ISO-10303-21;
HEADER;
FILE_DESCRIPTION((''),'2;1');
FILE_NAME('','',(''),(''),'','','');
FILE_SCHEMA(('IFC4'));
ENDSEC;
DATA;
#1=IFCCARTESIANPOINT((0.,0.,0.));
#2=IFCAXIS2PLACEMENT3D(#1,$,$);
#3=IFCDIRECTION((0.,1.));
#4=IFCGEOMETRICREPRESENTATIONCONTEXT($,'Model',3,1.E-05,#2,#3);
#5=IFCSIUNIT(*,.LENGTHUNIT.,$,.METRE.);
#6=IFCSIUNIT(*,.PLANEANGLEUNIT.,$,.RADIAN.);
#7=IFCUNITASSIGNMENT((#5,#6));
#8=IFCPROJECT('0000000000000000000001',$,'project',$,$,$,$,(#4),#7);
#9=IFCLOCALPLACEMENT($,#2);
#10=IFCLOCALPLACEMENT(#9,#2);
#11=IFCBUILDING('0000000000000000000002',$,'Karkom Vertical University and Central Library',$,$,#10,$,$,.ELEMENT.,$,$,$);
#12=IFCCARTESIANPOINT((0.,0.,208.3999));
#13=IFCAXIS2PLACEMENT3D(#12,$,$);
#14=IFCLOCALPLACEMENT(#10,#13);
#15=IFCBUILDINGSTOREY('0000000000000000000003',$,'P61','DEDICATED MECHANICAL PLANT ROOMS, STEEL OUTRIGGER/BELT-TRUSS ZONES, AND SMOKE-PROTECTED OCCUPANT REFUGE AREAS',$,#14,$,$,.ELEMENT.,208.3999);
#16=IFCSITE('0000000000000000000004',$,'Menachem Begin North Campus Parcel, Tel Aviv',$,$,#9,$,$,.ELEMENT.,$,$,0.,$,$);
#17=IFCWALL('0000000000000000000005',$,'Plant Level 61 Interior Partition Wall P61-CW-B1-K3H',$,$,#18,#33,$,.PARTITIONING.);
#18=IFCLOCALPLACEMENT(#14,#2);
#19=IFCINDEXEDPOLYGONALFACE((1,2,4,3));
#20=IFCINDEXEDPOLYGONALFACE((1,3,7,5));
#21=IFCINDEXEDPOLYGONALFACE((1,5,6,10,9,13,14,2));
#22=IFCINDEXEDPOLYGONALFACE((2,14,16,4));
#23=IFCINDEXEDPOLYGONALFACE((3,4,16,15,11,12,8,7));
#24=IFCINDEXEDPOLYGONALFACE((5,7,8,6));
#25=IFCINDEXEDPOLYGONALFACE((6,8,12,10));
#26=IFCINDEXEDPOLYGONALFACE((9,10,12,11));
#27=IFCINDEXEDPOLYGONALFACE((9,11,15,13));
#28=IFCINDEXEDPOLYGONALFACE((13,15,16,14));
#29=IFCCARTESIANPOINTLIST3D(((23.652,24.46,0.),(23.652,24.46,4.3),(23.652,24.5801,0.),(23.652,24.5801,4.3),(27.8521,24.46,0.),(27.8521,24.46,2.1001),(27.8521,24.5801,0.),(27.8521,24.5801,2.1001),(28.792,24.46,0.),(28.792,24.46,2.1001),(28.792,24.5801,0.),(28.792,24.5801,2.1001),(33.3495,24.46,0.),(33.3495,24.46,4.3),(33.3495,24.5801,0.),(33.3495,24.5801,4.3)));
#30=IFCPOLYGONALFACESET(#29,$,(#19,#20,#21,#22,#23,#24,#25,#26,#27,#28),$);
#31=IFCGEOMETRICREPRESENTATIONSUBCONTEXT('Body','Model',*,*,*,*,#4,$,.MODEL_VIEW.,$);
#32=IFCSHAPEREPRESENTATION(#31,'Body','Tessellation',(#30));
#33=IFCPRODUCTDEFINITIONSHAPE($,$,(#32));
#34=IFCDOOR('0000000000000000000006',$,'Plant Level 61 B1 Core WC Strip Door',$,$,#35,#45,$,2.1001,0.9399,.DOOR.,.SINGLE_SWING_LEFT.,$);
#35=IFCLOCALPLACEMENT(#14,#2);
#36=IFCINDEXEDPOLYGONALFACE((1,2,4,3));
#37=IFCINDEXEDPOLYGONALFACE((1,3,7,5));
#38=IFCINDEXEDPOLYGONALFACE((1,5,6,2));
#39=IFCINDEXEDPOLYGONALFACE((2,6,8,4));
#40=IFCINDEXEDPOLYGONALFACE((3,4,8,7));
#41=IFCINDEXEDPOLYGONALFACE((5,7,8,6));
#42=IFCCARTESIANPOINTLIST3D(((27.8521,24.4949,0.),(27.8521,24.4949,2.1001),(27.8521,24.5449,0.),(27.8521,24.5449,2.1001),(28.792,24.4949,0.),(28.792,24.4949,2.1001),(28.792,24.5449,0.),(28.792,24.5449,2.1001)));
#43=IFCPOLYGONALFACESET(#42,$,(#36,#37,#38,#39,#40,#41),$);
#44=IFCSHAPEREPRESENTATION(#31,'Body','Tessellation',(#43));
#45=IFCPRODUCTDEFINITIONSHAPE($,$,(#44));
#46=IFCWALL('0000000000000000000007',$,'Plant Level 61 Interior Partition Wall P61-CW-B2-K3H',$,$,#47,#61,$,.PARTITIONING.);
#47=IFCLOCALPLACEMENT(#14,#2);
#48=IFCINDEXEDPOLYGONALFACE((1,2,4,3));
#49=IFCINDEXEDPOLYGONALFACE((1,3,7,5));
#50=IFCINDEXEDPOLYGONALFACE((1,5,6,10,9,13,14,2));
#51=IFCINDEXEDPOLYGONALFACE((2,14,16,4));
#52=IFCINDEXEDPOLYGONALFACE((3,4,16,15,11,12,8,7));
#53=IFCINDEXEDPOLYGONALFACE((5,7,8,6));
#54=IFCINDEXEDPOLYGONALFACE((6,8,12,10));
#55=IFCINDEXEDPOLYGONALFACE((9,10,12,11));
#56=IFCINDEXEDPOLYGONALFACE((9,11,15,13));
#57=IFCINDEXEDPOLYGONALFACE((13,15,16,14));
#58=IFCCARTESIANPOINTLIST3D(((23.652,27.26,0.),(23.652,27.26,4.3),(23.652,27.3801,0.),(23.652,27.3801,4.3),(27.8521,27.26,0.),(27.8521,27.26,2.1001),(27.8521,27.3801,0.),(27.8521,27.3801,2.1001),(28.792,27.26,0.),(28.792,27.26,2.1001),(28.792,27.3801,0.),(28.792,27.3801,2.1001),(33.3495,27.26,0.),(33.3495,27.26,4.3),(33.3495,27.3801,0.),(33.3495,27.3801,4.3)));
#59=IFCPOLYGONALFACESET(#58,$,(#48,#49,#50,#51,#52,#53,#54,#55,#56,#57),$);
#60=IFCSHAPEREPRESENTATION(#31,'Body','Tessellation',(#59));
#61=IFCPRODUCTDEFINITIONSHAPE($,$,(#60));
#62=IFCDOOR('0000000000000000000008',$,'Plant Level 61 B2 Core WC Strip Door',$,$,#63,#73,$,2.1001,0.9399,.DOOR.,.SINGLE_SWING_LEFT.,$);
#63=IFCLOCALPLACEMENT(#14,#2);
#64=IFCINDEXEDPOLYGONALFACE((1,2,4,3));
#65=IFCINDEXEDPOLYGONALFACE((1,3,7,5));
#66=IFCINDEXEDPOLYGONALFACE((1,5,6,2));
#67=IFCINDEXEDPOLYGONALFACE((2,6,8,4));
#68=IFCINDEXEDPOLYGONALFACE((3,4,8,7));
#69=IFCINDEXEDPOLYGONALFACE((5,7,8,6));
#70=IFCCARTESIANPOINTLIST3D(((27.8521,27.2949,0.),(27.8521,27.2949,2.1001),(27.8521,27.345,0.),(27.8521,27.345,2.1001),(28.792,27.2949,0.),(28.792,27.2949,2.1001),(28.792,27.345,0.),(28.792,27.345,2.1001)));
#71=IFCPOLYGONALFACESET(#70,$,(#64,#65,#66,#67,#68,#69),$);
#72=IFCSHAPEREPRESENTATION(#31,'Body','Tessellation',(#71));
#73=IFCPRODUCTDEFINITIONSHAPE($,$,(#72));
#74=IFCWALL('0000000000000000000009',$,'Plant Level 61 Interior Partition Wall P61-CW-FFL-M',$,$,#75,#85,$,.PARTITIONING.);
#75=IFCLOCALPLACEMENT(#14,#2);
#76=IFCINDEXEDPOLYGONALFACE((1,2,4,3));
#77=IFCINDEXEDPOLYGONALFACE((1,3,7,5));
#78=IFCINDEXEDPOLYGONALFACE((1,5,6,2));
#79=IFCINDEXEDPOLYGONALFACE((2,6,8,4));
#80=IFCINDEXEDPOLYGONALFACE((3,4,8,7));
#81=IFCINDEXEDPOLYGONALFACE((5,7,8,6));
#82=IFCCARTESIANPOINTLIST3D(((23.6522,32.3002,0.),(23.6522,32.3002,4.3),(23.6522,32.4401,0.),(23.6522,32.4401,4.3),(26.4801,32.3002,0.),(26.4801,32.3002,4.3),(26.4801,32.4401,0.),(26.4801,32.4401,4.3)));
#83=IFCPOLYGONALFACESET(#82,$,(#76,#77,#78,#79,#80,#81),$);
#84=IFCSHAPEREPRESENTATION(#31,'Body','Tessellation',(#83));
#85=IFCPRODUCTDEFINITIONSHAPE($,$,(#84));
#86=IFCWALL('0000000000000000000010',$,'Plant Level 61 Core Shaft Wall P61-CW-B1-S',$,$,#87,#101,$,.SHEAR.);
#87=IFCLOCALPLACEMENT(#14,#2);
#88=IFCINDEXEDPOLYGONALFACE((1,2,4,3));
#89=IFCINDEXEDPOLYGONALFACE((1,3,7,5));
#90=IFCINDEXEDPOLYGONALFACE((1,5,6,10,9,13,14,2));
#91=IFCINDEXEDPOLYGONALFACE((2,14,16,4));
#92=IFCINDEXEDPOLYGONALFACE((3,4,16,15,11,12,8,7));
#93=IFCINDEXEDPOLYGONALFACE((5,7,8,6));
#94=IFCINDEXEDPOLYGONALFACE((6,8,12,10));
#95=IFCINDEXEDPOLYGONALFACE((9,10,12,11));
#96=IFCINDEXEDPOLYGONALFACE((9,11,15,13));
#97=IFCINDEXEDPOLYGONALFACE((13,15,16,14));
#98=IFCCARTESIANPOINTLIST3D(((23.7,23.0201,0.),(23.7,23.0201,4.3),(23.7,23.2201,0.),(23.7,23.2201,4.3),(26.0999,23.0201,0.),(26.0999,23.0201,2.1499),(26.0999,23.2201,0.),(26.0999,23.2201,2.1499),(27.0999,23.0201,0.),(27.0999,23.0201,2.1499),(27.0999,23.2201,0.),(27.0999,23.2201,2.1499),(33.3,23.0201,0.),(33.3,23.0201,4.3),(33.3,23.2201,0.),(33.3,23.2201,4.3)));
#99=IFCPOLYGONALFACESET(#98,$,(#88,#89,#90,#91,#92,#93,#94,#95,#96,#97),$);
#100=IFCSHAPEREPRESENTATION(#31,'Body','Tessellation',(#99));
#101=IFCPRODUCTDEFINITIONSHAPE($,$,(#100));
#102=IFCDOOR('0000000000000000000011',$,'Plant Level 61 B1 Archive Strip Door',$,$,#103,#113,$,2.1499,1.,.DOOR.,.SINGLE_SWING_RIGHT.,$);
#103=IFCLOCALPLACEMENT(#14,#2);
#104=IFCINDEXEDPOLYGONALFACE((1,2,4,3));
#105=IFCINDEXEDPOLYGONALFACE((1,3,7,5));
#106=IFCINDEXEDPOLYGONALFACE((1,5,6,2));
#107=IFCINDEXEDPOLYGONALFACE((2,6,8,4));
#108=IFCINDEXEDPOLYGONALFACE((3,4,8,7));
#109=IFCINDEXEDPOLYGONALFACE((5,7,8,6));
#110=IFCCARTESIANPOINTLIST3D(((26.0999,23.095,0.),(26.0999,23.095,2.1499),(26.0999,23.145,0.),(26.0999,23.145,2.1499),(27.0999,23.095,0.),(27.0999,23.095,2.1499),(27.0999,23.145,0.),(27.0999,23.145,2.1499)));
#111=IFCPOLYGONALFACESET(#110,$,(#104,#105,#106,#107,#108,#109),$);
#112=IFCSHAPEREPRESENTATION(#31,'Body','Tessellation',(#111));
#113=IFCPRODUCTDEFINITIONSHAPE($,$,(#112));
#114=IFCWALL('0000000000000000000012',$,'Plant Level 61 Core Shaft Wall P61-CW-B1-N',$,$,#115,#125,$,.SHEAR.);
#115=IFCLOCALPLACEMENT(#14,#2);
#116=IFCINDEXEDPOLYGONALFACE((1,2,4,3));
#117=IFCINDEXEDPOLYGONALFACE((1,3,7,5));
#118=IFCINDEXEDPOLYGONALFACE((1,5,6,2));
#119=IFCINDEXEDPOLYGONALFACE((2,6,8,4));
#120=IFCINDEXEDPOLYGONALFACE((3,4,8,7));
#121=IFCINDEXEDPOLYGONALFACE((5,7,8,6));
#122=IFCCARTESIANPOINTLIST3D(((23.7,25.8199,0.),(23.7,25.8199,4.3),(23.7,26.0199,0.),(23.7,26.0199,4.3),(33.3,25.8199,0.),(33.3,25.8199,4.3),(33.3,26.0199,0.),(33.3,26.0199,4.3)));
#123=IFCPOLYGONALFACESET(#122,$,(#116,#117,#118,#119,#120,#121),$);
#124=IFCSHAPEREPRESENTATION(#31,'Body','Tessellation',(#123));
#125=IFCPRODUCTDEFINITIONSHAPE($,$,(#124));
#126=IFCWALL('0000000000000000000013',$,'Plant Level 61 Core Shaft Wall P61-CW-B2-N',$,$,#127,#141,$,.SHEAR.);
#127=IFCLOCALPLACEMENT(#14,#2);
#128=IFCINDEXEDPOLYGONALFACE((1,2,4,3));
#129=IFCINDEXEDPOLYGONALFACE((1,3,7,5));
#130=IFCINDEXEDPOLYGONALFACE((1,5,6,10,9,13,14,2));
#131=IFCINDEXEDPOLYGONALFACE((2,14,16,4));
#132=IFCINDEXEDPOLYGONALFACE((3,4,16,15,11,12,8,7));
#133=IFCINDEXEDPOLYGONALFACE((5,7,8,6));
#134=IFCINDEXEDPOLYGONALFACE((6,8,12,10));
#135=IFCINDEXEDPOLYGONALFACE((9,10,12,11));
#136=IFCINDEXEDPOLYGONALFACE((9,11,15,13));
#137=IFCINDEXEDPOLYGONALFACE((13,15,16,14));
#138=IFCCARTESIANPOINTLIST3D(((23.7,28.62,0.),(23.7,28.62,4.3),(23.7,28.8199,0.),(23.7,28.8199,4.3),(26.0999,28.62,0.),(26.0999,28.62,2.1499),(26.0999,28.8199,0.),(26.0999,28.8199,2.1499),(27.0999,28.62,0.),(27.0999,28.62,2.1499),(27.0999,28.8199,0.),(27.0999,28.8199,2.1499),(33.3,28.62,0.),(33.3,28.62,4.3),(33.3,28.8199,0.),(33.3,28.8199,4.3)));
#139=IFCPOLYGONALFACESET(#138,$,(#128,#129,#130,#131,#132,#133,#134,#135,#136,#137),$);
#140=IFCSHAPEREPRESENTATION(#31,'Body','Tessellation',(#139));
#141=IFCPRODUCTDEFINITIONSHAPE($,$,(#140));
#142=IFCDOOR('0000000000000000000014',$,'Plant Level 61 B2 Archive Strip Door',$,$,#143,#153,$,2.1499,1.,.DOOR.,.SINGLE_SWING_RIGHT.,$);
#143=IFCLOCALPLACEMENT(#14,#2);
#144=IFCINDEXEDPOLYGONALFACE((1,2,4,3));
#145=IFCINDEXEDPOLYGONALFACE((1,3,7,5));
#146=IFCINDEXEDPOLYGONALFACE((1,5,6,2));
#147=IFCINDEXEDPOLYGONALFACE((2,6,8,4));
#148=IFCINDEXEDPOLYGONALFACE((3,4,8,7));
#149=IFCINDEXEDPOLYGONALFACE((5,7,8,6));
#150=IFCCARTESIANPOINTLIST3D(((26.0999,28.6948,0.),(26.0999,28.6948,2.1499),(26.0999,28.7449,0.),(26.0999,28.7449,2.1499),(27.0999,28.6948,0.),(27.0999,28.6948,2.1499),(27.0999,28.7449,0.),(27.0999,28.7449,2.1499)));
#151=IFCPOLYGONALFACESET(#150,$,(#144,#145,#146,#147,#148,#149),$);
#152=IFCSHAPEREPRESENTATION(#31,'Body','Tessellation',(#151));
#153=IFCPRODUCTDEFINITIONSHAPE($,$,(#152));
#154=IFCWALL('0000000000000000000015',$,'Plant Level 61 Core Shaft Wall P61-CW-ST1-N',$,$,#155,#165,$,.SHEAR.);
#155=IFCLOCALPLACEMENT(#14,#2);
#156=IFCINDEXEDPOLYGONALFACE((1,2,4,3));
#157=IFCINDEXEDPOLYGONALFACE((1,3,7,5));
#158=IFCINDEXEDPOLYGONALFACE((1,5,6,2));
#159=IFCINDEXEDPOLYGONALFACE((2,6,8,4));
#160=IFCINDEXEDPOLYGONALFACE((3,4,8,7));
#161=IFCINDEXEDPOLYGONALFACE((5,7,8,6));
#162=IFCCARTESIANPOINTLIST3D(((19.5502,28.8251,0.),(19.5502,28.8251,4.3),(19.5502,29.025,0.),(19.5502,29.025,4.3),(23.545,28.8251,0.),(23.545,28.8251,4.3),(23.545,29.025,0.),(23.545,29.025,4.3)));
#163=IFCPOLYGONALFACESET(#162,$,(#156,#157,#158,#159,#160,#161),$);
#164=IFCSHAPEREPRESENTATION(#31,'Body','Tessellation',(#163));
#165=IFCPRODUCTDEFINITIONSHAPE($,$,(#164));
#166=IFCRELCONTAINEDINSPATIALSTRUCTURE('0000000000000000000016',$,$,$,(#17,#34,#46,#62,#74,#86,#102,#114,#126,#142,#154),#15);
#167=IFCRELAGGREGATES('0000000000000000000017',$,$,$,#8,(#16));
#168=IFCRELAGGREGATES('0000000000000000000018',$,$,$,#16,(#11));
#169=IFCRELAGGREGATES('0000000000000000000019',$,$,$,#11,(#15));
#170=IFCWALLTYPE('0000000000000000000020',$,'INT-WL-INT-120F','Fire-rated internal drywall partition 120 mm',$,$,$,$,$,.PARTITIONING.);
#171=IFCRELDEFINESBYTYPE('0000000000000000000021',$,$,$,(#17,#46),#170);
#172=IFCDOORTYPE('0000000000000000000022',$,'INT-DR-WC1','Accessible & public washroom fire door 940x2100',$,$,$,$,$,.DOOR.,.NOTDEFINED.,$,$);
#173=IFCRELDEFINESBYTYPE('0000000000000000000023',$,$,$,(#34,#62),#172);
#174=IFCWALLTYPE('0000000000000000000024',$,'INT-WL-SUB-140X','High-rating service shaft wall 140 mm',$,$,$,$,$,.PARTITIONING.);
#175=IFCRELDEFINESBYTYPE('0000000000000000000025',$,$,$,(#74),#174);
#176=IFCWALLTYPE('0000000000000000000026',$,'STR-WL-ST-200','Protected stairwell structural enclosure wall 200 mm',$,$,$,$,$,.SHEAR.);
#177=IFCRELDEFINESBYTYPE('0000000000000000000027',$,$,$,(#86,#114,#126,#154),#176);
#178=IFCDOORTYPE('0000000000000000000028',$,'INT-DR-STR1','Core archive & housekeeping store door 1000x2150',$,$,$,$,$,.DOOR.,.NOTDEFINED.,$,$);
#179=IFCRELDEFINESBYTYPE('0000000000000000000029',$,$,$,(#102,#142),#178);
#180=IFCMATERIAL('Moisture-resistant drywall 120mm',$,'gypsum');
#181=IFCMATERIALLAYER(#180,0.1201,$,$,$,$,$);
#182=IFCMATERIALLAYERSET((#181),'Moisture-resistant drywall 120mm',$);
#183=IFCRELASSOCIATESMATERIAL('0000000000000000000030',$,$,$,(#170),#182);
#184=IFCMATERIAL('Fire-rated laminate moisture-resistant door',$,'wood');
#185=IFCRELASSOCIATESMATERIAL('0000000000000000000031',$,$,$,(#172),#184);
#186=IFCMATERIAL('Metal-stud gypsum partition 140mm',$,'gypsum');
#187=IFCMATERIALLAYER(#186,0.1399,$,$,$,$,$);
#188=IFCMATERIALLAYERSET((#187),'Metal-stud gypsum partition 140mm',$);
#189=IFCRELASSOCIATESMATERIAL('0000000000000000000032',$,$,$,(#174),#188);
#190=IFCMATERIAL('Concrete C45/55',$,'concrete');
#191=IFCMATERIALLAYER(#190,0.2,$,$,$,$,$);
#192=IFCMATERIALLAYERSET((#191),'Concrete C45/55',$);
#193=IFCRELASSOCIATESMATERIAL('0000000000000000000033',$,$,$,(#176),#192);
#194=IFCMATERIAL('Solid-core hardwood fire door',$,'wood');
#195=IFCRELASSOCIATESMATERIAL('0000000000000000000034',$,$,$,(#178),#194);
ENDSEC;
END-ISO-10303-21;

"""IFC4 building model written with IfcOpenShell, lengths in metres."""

from ifc_helpers import new_model, si_unit, direction, frame, frame_2d, origin, origin_with_axes, place, context, subcontext, project, spatial, rectangle, extrude, source, transform, mapped, material, layer, layer_set, type_object, element, fill, save


model = new_model("IFC4")

# Units and contexts
model_context = context("Model", 3, precision=1e-05, world=origin(), true_north=direction((0.0, 1.0)))
body_context = subcontext(model_context, "Body", "Model", "MODEL_VIEW")
ifc_project = project(units=[si_unit("LENGTHUNIT", "METRE"), si_unit("PLANEANGLEUNIT", "RADIAN")], contexts=[model_context])

# Site, building, storey
site_placement = place(None, origin())
site = spatial("IfcSite", under=ifc_project, at=site_placement, Name="Menachem Begin North Campus Parcel, Tel Aviv", CompositionType="ELEMENT", RefElevation=0.0)
building_placement = place(site_placement, origin())
building = spatial("IfcBuilding", under=site, at=building_placement, Name="Karkom Vertical University and Central Library", CompositionType="ELEMENT")
storey_placement = place(building_placement, frame((0.0, 0.0, 208.3999)))
storey = spatial("IfcBuildingStorey", under=building, at=storey_placement, Name="P61", Description="DEDICATED MECHANICAL PLANT ROOMS, STEEL OUTRIGGER/BELT-TRUSS ZONES, AND SMOKE-PROTECTED OCCUPANT REFUGE AREAS", CompositionType="ELEMENT", Elevation=208.3999)

# Walls, openings, doors
ifc_material_1 = material(Name="Moisture-resistant drywall 120mm", Category="gypsum")
ifc_layer_1 = layer(ifc_material_1, 0.1201)
ifc_layer_set_1 = layer_set([ifc_layer_1], Name="Moisture-resistant drywall 120mm")
wall_type_1 = type_object("IfcWallType", Name="INT-WL-INT-120F", Description="Fire-rated internal drywall partition 120 mm", PredefinedType="PARTITIONING", material=ifc_layer_set_1)
wall_1_placement = place(storey_placement, frame((23.6521, 24.52, 0.0), z_axis=(0.0, 0.0, 1.0), x_axis=(1.0, 0.0, 0.0)))
wall_1 = element("IfcWall", 1, at=wall_1_placement, inside=storey, type_object=wall_type_1, Name="Plant Level 61 Interior Partition Wall P61-CW-B1-K3H", PredefinedType="PARTITIONING", context=body_context, shape_type="SweptSolid", body=[
    extrude(rectangle(XDim=9.6975, YDim=0.1201, at=frame_2d((4.8486, 0.0))), origin(), (0.0, 0.0, 1.0), 4.3),
])
opening_1_placement = place(wall_1_placement, frame((4.2, 0.0, 0.0)))
opening_1 = element("IfcOpeningElement", 2, at=opening_1_placement, cuts=wall_1, PredefinedType="OPENING", context=body_context, shape_type="SweptSolid", body=[
    extrude(rectangle(XDim=0.9399, YDim=2.1001, at=frame_2d((0.47, 1.05))), frame((0.0, 0.0701, 0.0), z_axis=(0.0, -1.0, 0.0), x_axis=(1.0, 0.0, 0.0)), (0.0, 0.0, 1.0), 0.1401),
])
ifc_material_2 = material(Name="Fire-rated laminate moisture-resistant door", Category="wood")
door_type_1 = type_object("IfcDoorType", Name="INT-DR-WC1", Description="Accessible & public washroom fire door 940x2100", OperationType="NOTDEFINED", PredefinedType="DOOR", material=ifc_material_2)
shared_shape_1 = source(origin_with_axes(), body_context, "Body", "SweptSolid", [
    extrude(rectangle(XDim=0.9399, YDim=2.1001, at=frame_2d((0.47, 1.05))), frame((0.0, 0.0249, 0.0), z_axis=(0.0, -1.0, 0.0), x_axis=(1.0, 0.0, 0.0)), (0.0, 0.0, 1.0), 0.05),
])
door_1_placement = place(opening_1_placement, origin())
door_1 = element("IfcDoor", 3, at=door_1_placement, inside=storey, type_object=door_type_1, Name="Plant Level 61 B1 Core WC Strip Door", OperationType="SINGLE_SWING_LEFT", OverallHeight=2.1001, OverallWidth=0.9399, PredefinedType="DOOR", context=body_context, shape_type="MappedRepresentation", body=[
    mapped(shared_shape_1, transform((0.0, 0.0, 0.0), scale=1.0)),
])
fill(opening_1, door_1)
wall_2_placement = place(storey_placement, frame((23.6521, 27.3201, 0.0), z_axis=(0.0, 0.0, 1.0), x_axis=(1.0, 0.0, 0.0)))
wall_2 = element("IfcWall", 4, at=wall_2_placement, inside=storey, type_object=wall_type_1, Name="Plant Level 61 Interior Partition Wall P61-CW-B2-K3H", PredefinedType="PARTITIONING", context=body_context, shape_type="SweptSolid", body=[
    extrude(rectangle(XDim=9.6975, YDim=0.1201, at=frame_2d((4.8486, 0.0))), origin(), (0.0, 0.0, 1.0), 4.3),
])
opening_2_placement = place(wall_2_placement, frame((4.2, 0.0, 0.0)))
opening_2 = element("IfcOpeningElement", 5, at=opening_2_placement, cuts=wall_2, PredefinedType="OPENING", context=body_context, shape_type="SweptSolid", body=[
    extrude(rectangle(XDim=0.9399, YDim=2.1001, at=frame_2d((0.47, 1.05))), frame((0.0, 0.0701, 0.0), z_axis=(0.0, -1.0, 0.0), x_axis=(1.0, 0.0, 0.0)), (0.0, 0.0, 1.0), 0.1401),
])
door_2_placement = place(opening_2_placement, origin())
door_2 = element("IfcDoor", 6, at=door_2_placement, inside=storey, type_object=door_type_1, Name="Plant Level 61 B2 Core WC Strip Door", OperationType="SINGLE_SWING_LEFT", OverallHeight=2.1001, OverallWidth=0.9399, PredefinedType="DOOR", context=body_context, shape_type="MappedRepresentation", body=[
    mapped(shared_shape_1, transform((0.0, 0.0, 0.0), scale=1.0)),
])
fill(opening_2, door_2)

# Wall
ifc_material_3 = material(Name="Metal-stud gypsum partition 140mm", Category="gypsum")
ifc_layer_2 = layer(ifc_material_3, 0.1399)
ifc_layer_set_2 = layer_set([ifc_layer_2], Name="Metal-stud gypsum partition 140mm")
wall_type_2 = type_object("IfcWallType", Name="INT-WL-SUB-140X", Description="High-rating service shaft wall 140 mm", PredefinedType="PARTITIONING", material=ifc_layer_set_2)
wall_3_placement = place(storey_placement, frame((23.6521, 32.3701, 0.0), z_axis=(0.0, 0.0, 1.0), x_axis=(1.0, 0.0, 0.0)))
element("IfcWall", 7, at=wall_3_placement, inside=storey, type_object=wall_type_2, Name="Plant Level 61 Interior Partition Wall P61-CW-FFL-M", PredefinedType="PARTITIONING", context=body_context, shape_type="SweptSolid", body=[
    extrude(rectangle(XDim=2.8279, YDim=0.1399, at=frame_2d((1.4141, 0.0))), origin(), (0.0, 0.0, 1.0), 4.3),
])

# Wall, opening, door
ifc_material_4 = material(Name="Concrete C45/55", Category="concrete")
ifc_layer_3 = layer(ifc_material_4, 0.2)
ifc_layer_set_3 = layer_set([ifc_layer_3], Name="Concrete C45/55")
wall_type_3 = type_object("IfcWallType", Name="STR-WL-ST-200", Description="Protected stairwell structural enclosure wall 200 mm", PredefinedType="SHEAR", material=ifc_layer_set_3)
wall_4_placement = place(storey_placement, frame((23.7, 23.1201, 0.0), z_axis=(0.0, 0.0, 1.0), x_axis=(1.0, 0.0, 0.0)))
wall_4 = element("IfcWall", 8, at=wall_4_placement, inside=storey, type_object=wall_type_3, Name="Plant Level 61 Core Shaft Wall P61-CW-B1-S", PredefinedType="SHEAR", context=body_context, shape_type="SweptSolid", body=[
    extrude(rectangle(XDim=9.6001, YDim=0.2, at=frame_2d((4.8, 0.0))), origin(), (0.0, 0.0, 1.0), 4.3),
])
opening_3_placement = place(wall_4_placement, frame((2.3999, 0.0, 0.0)))
opening_3 = element("IfcOpeningElement", 9, at=opening_3_placement, cuts=wall_4, PredefinedType="OPENING", context=body_context, shape_type="SweptSolid", body=[
    extrude(rectangle(XDim=1.0, YDim=2.1499, at=frame_2d((0.5, 1.075))), frame((0.0, 0.1099, 0.0), z_axis=(0.0, -1.0, 0.0), x_axis=(1.0, 0.0, 0.0)), (0.0, 0.0, 1.0), 0.22),
])
ifc_material_5 = material(Name="Solid-core hardwood fire door", Category="wood")
door_type_2 = type_object("IfcDoorType", Name="INT-DR-STR1", Description="Core archive & housekeeping store door 1000x2150", OperationType="NOTDEFINED", PredefinedType="DOOR", material=ifc_material_5)
shared_shape_2 = source(origin_with_axes(), body_context, "Body", "SweptSolid", [
    extrude(rectangle(XDim=1.0, YDim=2.1499, at=frame_2d((0.5, 1.075))), frame((0.0, 0.0249, 0.0), z_axis=(0.0, -1.0, 0.0), x_axis=(1.0, 0.0, 0.0)), (0.0, 0.0, 1.0), 0.05),
])
door_3_placement = place(opening_3_placement, origin())
door_3 = element("IfcDoor", 10, at=door_3_placement, inside=storey, type_object=door_type_2, Name="Plant Level 61 B1 Archive Strip Door", OperationType="SINGLE_SWING_RIGHT", OverallHeight=2.1499, OverallWidth=1.0, PredefinedType="DOOR", context=body_context, shape_type="MappedRepresentation", body=[
    mapped(shared_shape_2, transform((0.0, 0.0, 0.0), scale=1.0)),
])
fill(opening_3, door_3)

# Wall
wall_5_placement = place(storey_placement, frame((23.7, 25.9199, 0.0), z_axis=(0.0, 0.0, 1.0), x_axis=(1.0, 0.0, 0.0)))
element("IfcWall", 11, at=wall_5_placement, inside=storey, type_object=wall_type_3, Name="Plant Level 61 Core Shaft Wall P61-CW-B1-N", PredefinedType="SHEAR", context=body_context, shape_type="SweptSolid", body=[
    extrude(rectangle(XDim=9.6001, YDim=0.2, at=frame_2d((4.8, 0.0))), origin(), (0.0, 0.0, 1.0), 4.3),
])

# Wall, opening, door
wall_6_placement = place(storey_placement, frame((23.7, 28.72, 0.0), z_axis=(0.0, 0.0, 1.0), x_axis=(1.0, 0.0, 0.0)))
wall_6 = element("IfcWall", 12, at=wall_6_placement, inside=storey, type_object=wall_type_3, Name="Plant Level 61 Core Shaft Wall P61-CW-B2-N", PredefinedType="SHEAR", context=body_context, shape_type="SweptSolid", body=[
    extrude(rectangle(XDim=9.6001, YDim=0.2, at=frame_2d((4.8, 0.0))), origin(), (0.0, 0.0, 1.0), 4.3),
])
opening_4_placement = place(wall_6_placement, frame((2.3999, 0.0, 0.0)))
opening_4 = element("IfcOpeningElement", 13, at=opening_4_placement, cuts=wall_6, PredefinedType="OPENING", context=body_context, shape_type="SweptSolid", body=[
    extrude(rectangle(XDim=1.0, YDim=2.1499, at=frame_2d((0.5, 1.075))), frame((0.0, 0.1099, 0.0), z_axis=(0.0, -1.0, 0.0), x_axis=(1.0, 0.0, 0.0)), (0.0, 0.0, 1.0), 0.22),
])
door_4_placement = place(opening_4_placement, origin())
door_4 = element("IfcDoor", 14, at=door_4_placement, inside=storey, type_object=door_type_2, Name="Plant Level 61 B2 Archive Strip Door", OperationType="SINGLE_SWING_RIGHT", OverallHeight=2.1499, OverallWidth=1.0, PredefinedType="DOOR", context=body_context, shape_type="MappedRepresentation", body=[
    mapped(shared_shape_2, transform((0.0, 0.0, 0.0), scale=1.0)),
])
fill(opening_4, door_4)

# Wall
wall_7_placement = place(storey_placement, frame((19.55, 28.925, 0.0), z_axis=(0.0, 0.0, 1.0), x_axis=(1.0, 0.0, 0.0)))
element("IfcWall", 15, at=wall_7_placement, inside=storey, type_object=wall_type_3, Name="Plant Level 61 Core Shaft Wall P61-CW-ST1-N", PredefinedType="SHEAR", context=body_context, shape_type="SweptSolid", body=[
    extrude(rectangle(XDim=3.9949, YDim=0.2, at=frame_2d((1.9976, 0.0))), origin(), (0.0, 0.0, 1.0), 4.3),
])

save(model, "model.ifc")
